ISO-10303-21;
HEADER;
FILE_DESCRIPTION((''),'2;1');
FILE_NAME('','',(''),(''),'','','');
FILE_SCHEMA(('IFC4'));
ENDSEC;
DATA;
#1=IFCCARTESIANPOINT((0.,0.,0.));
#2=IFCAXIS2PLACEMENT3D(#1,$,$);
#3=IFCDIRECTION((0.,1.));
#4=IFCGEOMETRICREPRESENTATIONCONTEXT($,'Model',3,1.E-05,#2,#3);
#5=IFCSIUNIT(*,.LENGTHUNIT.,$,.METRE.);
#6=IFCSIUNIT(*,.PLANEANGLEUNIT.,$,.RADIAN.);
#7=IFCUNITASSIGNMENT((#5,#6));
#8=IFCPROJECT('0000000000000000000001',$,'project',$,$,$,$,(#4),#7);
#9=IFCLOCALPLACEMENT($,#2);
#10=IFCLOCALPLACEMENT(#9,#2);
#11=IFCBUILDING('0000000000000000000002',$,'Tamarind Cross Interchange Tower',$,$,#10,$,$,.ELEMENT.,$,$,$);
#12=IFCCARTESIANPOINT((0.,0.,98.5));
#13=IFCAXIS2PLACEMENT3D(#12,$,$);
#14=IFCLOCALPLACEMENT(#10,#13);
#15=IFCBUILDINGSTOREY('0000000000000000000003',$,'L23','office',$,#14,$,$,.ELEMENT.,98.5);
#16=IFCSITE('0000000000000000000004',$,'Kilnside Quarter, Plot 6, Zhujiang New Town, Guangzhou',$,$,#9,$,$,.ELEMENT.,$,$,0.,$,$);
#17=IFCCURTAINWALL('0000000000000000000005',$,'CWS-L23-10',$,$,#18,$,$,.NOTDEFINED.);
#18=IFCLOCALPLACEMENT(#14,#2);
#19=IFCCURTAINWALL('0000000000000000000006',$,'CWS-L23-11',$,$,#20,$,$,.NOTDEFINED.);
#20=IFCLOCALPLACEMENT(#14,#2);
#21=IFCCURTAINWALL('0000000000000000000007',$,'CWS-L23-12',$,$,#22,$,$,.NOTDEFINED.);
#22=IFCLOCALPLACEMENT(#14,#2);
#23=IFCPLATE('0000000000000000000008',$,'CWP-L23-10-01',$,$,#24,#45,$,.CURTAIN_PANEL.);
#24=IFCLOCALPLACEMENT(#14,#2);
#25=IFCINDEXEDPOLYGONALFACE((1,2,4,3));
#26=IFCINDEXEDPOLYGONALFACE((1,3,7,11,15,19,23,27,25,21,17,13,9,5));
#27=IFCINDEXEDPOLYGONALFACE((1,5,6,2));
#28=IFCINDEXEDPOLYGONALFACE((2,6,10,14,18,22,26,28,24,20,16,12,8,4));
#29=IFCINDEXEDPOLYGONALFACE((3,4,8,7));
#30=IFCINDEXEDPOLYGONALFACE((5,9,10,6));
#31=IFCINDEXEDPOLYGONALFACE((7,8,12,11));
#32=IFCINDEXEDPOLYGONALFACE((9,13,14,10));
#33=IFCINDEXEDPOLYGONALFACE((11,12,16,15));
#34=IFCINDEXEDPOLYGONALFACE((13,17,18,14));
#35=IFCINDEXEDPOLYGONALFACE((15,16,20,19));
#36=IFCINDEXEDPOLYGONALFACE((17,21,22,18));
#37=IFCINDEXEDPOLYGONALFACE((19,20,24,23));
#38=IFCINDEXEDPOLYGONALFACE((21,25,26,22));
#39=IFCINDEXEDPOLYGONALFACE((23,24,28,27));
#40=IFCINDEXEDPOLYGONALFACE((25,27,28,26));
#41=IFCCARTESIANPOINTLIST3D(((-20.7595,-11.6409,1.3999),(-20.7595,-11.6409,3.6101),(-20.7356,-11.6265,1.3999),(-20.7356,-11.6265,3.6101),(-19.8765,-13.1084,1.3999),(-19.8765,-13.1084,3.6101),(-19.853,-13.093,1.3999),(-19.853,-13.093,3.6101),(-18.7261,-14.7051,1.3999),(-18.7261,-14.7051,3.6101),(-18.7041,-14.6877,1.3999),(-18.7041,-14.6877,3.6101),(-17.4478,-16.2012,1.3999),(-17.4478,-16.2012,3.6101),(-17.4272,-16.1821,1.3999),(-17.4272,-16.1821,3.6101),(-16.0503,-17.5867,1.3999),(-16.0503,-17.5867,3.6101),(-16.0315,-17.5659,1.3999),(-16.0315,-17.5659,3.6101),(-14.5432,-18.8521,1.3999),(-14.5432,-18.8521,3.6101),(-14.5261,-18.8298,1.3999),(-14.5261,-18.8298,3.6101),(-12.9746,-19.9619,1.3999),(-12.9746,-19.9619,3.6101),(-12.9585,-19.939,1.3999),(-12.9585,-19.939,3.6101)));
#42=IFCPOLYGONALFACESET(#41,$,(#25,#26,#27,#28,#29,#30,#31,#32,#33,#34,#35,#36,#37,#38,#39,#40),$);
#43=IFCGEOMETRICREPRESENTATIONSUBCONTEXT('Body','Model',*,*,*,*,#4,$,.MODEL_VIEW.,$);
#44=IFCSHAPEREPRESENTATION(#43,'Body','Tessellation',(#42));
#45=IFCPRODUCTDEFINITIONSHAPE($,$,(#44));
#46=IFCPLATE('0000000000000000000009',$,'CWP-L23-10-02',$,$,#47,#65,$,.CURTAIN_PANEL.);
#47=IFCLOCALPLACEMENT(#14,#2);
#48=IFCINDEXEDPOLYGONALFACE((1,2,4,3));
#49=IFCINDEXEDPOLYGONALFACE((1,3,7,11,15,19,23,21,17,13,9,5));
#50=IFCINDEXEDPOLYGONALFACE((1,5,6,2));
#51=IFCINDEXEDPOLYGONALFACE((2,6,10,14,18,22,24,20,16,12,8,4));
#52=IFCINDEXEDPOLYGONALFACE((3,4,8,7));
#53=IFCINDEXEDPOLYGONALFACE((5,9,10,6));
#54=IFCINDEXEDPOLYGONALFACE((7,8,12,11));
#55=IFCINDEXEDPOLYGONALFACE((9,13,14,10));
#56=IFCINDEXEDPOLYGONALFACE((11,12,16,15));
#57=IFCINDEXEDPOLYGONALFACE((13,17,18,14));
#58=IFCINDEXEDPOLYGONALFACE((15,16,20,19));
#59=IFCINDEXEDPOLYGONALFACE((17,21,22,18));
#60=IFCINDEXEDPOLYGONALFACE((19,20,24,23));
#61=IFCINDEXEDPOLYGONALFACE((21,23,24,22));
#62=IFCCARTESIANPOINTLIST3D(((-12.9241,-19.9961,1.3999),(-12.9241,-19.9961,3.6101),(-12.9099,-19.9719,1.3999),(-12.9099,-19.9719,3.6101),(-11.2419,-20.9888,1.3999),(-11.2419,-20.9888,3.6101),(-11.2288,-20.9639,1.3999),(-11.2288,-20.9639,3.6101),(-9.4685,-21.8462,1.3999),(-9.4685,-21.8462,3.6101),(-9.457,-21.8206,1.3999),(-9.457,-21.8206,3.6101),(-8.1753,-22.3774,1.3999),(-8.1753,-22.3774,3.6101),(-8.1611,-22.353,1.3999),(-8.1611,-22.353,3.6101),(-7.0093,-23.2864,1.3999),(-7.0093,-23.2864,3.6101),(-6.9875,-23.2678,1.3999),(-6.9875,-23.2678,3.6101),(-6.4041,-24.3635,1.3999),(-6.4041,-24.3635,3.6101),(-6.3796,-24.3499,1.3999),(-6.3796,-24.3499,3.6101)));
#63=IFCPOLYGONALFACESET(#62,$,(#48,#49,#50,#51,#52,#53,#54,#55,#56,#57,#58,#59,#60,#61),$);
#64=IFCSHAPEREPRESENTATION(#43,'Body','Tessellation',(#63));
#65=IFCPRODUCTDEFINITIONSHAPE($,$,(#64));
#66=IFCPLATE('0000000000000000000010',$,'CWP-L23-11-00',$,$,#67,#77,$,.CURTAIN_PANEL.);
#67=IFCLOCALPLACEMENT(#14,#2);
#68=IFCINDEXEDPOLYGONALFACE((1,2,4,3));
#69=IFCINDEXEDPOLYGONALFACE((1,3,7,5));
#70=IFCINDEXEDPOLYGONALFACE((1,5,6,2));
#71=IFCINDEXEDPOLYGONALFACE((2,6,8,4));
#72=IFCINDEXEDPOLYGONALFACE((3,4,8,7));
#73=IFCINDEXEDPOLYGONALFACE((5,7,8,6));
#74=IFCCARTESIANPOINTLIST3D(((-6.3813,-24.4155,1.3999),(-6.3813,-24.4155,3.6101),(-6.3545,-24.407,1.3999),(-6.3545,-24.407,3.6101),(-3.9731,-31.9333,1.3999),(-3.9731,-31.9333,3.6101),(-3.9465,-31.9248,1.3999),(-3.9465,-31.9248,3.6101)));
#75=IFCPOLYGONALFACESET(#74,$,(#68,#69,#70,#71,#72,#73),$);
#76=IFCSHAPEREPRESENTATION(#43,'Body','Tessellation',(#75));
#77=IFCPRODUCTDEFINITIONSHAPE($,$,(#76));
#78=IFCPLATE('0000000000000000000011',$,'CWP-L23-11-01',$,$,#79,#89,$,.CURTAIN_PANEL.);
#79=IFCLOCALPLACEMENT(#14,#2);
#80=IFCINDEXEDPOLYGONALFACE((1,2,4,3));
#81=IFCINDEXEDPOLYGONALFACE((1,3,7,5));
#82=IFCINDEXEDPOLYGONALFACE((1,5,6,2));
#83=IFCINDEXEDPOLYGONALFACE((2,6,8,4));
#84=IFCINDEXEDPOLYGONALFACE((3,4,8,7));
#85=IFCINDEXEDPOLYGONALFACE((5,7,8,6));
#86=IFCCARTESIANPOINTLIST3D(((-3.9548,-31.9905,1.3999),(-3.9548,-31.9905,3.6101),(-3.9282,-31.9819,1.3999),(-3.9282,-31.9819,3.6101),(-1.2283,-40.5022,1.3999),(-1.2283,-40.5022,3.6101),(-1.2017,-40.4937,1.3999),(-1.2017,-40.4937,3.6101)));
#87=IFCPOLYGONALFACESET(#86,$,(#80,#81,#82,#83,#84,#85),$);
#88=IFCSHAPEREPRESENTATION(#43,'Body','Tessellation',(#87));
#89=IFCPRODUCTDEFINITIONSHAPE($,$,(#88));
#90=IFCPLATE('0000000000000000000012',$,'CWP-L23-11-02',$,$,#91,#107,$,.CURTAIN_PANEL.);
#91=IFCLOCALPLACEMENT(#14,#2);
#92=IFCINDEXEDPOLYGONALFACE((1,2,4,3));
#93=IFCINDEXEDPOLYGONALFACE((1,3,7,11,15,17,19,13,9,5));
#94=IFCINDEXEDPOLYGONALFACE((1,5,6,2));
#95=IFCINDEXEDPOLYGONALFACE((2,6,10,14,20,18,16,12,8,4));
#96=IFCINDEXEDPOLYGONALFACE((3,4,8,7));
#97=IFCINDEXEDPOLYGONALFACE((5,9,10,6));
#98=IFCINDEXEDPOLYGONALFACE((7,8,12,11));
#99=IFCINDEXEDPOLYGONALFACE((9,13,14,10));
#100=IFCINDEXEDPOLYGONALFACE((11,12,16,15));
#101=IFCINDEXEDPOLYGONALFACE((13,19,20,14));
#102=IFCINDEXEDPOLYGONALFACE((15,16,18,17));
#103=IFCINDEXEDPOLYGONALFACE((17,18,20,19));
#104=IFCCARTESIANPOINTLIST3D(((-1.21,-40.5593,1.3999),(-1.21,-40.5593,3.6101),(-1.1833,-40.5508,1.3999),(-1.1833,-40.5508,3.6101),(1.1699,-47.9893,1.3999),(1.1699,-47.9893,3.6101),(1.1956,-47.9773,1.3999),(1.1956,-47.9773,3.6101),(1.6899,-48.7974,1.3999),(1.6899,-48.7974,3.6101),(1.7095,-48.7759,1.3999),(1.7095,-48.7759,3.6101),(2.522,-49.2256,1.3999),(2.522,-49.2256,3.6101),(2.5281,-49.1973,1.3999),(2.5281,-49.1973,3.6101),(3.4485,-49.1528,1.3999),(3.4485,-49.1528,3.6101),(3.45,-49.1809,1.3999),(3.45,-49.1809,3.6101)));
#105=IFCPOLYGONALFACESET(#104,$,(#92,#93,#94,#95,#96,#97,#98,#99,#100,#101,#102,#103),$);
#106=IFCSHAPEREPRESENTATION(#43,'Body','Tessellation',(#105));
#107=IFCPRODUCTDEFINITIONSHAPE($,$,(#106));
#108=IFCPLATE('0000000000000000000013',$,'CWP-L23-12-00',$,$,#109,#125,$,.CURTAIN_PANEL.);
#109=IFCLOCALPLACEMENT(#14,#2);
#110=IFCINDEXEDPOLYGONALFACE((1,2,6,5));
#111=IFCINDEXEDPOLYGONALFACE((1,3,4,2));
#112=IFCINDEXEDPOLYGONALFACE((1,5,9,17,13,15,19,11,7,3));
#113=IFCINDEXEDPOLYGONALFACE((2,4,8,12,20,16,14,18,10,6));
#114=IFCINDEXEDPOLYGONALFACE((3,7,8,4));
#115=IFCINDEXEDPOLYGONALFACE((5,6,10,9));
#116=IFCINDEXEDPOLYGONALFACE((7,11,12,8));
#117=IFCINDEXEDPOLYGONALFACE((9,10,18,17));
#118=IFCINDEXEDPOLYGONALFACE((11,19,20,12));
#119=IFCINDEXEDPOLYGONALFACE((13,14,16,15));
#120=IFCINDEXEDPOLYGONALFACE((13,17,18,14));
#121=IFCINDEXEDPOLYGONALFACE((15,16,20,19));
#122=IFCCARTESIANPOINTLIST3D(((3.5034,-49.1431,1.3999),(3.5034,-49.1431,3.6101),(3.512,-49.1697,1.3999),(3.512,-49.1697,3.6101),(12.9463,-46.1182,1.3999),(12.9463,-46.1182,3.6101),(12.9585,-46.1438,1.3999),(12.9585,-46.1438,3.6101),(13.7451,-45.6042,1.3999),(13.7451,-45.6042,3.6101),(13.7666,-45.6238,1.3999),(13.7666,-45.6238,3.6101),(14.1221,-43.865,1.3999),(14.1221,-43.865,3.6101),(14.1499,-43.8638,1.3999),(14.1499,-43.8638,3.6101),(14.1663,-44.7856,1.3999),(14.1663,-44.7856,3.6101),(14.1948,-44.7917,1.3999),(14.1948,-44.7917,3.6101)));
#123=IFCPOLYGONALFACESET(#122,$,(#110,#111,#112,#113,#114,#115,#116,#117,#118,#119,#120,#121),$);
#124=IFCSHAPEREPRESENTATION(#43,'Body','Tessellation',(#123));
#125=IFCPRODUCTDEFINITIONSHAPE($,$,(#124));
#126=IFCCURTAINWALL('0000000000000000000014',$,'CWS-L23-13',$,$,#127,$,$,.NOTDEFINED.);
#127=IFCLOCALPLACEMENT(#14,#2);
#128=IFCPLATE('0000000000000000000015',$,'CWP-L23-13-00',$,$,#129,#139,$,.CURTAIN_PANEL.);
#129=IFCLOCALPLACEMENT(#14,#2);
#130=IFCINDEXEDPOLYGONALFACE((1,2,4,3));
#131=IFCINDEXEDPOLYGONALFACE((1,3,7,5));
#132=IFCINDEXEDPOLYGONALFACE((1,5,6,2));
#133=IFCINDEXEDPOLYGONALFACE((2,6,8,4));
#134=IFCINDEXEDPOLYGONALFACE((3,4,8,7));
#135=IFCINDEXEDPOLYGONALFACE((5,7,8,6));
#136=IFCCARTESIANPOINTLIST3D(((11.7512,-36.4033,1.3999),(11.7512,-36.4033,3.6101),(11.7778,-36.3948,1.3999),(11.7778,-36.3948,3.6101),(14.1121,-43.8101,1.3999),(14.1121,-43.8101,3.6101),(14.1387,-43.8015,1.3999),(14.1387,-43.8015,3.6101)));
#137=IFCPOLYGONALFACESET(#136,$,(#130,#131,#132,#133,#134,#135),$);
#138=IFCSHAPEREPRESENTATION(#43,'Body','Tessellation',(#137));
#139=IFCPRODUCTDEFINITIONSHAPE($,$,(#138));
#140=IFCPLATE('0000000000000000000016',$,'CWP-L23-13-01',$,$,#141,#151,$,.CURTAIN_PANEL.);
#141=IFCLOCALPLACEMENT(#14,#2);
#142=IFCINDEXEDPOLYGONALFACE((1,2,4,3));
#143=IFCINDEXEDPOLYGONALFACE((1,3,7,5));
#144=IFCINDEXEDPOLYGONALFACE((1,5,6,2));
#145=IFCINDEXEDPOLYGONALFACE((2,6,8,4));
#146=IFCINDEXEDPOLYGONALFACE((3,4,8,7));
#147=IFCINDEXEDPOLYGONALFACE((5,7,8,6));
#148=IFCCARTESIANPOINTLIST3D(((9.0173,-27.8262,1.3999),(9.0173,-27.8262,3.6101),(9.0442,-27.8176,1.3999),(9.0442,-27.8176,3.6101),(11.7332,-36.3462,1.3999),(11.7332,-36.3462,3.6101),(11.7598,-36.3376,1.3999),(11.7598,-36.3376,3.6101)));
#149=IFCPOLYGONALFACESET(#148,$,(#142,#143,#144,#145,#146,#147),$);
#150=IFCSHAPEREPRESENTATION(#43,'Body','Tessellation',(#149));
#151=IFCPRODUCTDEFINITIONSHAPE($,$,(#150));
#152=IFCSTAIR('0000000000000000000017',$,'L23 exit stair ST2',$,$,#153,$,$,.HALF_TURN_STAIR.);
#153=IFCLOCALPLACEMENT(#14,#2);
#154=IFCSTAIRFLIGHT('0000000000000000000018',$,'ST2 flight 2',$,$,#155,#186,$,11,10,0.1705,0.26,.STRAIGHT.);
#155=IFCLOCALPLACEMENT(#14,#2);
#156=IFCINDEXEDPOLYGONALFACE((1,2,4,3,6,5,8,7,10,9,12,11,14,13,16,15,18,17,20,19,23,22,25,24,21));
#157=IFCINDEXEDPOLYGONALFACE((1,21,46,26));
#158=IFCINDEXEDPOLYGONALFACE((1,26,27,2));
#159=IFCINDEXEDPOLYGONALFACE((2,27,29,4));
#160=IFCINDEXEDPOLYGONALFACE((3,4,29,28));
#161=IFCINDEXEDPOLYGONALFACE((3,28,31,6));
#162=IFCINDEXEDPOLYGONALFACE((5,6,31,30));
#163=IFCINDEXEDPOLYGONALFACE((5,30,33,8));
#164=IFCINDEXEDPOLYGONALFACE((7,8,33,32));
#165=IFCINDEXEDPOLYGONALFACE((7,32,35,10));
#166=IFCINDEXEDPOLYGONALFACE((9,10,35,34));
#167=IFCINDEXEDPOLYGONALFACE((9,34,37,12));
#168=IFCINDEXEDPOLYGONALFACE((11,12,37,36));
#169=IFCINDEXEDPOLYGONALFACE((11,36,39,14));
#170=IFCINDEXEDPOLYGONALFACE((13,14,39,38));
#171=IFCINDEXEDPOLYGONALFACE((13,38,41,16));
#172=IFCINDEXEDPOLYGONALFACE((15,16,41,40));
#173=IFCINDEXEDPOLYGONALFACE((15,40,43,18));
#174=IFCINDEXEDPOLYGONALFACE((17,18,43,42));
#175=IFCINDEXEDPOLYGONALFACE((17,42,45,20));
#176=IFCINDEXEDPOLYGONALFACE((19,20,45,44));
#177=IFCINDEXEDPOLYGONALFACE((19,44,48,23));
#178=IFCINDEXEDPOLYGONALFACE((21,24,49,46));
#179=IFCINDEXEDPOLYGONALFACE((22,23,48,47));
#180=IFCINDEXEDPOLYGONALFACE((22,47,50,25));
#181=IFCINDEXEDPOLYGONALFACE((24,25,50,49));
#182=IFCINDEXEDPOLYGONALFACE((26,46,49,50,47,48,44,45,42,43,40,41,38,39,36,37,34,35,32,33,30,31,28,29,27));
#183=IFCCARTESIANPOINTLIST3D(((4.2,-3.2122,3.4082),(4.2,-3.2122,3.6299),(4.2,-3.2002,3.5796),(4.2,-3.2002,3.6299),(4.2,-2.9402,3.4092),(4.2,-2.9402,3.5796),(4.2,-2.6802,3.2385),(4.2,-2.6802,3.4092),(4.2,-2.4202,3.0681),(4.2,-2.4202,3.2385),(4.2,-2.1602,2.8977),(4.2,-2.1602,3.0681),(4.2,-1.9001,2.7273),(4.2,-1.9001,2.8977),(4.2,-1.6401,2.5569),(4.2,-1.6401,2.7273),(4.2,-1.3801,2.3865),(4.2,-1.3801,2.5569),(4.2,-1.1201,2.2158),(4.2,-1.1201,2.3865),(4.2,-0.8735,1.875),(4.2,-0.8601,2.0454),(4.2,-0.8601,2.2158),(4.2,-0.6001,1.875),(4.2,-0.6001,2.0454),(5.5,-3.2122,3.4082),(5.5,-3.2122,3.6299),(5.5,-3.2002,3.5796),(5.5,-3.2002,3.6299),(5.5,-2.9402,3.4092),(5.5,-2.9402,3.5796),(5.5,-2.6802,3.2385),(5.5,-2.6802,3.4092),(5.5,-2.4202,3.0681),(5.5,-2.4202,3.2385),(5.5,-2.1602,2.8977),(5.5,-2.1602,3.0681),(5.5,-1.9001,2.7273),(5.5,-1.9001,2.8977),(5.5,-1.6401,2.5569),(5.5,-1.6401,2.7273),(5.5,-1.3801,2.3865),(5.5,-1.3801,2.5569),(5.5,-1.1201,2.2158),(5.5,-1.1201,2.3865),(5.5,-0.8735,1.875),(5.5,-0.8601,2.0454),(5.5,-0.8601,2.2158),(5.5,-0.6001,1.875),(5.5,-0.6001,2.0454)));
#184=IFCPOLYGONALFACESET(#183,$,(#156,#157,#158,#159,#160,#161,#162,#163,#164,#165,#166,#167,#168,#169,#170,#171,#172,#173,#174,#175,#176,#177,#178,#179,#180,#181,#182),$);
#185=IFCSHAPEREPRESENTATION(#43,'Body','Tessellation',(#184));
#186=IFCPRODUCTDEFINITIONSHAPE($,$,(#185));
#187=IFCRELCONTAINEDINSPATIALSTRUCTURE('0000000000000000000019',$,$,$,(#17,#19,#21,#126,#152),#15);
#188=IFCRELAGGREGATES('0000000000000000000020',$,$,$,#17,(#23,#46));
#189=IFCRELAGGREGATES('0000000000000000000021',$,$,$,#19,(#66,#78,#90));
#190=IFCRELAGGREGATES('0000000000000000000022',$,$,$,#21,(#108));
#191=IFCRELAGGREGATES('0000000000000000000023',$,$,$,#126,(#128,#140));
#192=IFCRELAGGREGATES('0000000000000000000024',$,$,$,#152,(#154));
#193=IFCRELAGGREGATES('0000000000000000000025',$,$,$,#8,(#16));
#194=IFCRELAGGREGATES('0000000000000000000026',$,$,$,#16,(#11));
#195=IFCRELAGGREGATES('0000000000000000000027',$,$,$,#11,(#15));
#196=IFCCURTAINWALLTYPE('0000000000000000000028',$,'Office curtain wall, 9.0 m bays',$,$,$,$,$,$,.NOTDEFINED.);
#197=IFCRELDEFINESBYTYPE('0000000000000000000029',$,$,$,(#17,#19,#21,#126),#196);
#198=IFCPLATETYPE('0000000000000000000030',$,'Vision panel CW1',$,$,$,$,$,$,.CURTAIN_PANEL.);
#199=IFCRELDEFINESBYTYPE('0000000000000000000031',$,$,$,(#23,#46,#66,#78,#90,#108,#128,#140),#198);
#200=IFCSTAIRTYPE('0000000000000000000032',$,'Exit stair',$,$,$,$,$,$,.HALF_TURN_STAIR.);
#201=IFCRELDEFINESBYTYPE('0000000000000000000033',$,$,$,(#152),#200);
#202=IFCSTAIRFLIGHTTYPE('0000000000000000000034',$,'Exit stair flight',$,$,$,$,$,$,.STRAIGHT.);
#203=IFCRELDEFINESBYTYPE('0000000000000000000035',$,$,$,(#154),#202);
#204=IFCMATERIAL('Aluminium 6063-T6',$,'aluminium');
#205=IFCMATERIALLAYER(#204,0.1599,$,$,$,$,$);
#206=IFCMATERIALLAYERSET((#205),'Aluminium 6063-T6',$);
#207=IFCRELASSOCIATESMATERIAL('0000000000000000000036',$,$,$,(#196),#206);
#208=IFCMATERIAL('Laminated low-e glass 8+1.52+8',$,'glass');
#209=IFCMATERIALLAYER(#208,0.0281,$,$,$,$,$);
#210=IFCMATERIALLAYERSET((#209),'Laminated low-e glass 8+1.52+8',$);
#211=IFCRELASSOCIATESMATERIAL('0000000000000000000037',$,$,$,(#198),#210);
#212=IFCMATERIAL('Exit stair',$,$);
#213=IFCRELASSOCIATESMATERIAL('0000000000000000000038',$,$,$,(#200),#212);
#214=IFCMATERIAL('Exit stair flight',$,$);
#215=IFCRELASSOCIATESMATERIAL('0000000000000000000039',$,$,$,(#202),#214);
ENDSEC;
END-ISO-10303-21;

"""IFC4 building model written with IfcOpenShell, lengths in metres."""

from ifc_helpers import new_model, si_unit, direction, frame, origin, place, context, subcontext, project, spatial, polyline, outline, extrude, material, layer, layer_set, type_object, element, aggregate, save


model = new_model("IFC4")

# Units and contexts
model_context = context("Model", 3, precision=1e-05, world=origin(), true_north=direction((0.0, 1.0)))
body_context = subcontext(model_context, "Body", "Model", "MODEL_VIEW")
ifc_project = project(units=[si_unit("LENGTHUNIT", "METRE"), si_unit("PLANEANGLEUNIT", "RADIAN")], contexts=[model_context])

# Site, building, storey
site_placement = place(None, origin())
site = spatial("IfcSite", under=ifc_project, at=site_placement, Name="Kilnside Quarter, Plot 6, Zhujiang New Town, Guangzhou", CompositionType="ELEMENT", RefElevation=0.0)
building_placement = place(site_placement, origin())
building = spatial("IfcBuilding", under=site, at=building_placement, Name="Tamarind Cross Interchange Tower", CompositionType="ELEMENT")
storey_placement = place(building_placement, frame((0.0, 0.0, 98.5)))
storey = spatial("IfcBuildingStorey", under=building, at=storey_placement, Name="L23", Description="office", CompositionType="ELEMENT", Elevation=98.5)

# Curtain walls
ifc_material_1 = material(Name="Aluminium 6063-T6", Category="aluminium")
ifc_layer_1 = layer(ifc_material_1, 0.1599)
ifc_layer_set_1 = layer_set([ifc_layer_1], Name="Aluminium 6063-T6")
curtain_wall_type = type_object("IfcCurtainWallType", Name="Office curtain wall, 9.0 m bays", PredefinedType="NOTDEFINED", material=ifc_layer_set_1)
curtain_wall_1_placement = place(storey_placement, origin())
curtain_wall_1 = element("IfcCurtainWall", 1, at=curtain_wall_1_placement, inside=storey, type_object=curtain_wall_type, Name="CWS-L23-10", PredefinedType="NOTDEFINED")
curtain_wall_2_placement = place(storey_placement, origin())
curtain_wall_2 = element("IfcCurtainWall", 2, at=curtain_wall_2_placement, inside=storey, type_object=curtain_wall_type, Name="CWS-L23-11", PredefinedType="NOTDEFINED")
curtain_wall_3_placement = place(storey_placement, origin())
curtain_wall_3 = element("IfcCurtainWall", 3, at=curtain_wall_3_placement, inside=storey, type_object=curtain_wall_type, Name="CWS-L23-12", PredefinedType="NOTDEFINED")

# Plates
ifc_material_2 = material(Name="Laminated low-e glass 8+1.52+8", Category="glass")
ifc_layer_2 = layer(ifc_material_2, 0.0281)
ifc_layer_set_2 = layer_set([ifc_layer_2], Name="Laminated low-e glass 8+1.52+8")
plate_type = type_object("IfcPlateType", Name="Vision panel CW1", PredefinedType="CURTAIN_PANEL", material=ifc_layer_set_2)
plate_1_placement = place(storey_placement, frame((0.0, 0.0, 1.3999)))
plate_1 = element("IfcPlate", 4, at=plate_1_placement, type_object=plate_type, Name="CWP-L23-10-01", PredefinedType="CURTAIN_PANEL", context=body_context, shape_type="SweptSolid", body=[
    extrude(outline(polyline([(-20.7356, -11.6265), (-19.853, -13.093), (-18.7041, -14.6877), (-17.4272, -16.1821), (-16.0315, -17.5659), (-14.5261, -18.8298), (-12.9585, -19.939), (-12.9746, -19.9619), (-14.5432, -18.8521), (-16.0503, -17.5867), (-17.4478, -16.2012), (-18.7261, -14.7051), (-19.8765, -13.1084), (-20.7595, -11.6409), (-20.7356, -11.6265)])), origin(), (0.0, 0.0, 1.0), 2.2102),
])
plate_2_placement = place(storey_placement, frame((0.0, 0.0, 1.3999)))
plate_2 = element("IfcPlate", 5, at=plate_2_placement, type_object=plate_type, Name="CWP-L23-10-02", PredefinedType="CURTAIN_PANEL", context=body_context, shape_type="SweptSolid", body=[
    extrude(outline(polyline([(-12.9099, -19.9719), (-11.2288, -20.9639), (-9.457, -21.8206), (-8.1611, -22.353), (-6.9875, -23.2678), (-6.3796, -24.3499), (-6.4041, -24.3635), (-7.0093, -23.2864), (-8.1753, -22.3774), (-9.4685, -21.8462), (-11.2419, -20.9888), (-12.9241, -19.9961), (-12.9099, -19.9719)])), origin(), (0.0, 0.0, 1.0), 2.2102),
])
aggregate(curtain_wall_1, [plate_1, plate_2])
plate_3_placement = place(storey_placement, frame((0.0, 0.0, 1.3999)))
plate_3 = element("IfcPlate", 6, at=plate_3_placement, type_object=plate_type, Name="CWP-L23-11-00", PredefinedType="CURTAIN_PANEL", context=body_context, shape_type="SweptSolid", body=[
    extrude(outline(polyline([(-6.3545, -24.407), (-3.9465, -31.9248), (-3.9731, -31.9333), (-6.3813, -24.4155), (-6.3545, -24.407)])), origin(), (0.0, 0.0, 1.0), 2.2102),
])
plate_4_placement = place(storey_placement, frame((0.0, 0.0, 1.3999)))
plate_4 = element("IfcPlate", 7, at=plate_4_placement, type_object=plate_type, Name="CWP-L23-11-01", PredefinedType="CURTAIN_PANEL", context=body_context, shape_type="SweptSolid", body=[
    extrude(outline(polyline([(-3.9282, -31.9819), (-1.2017, -40.4937), (-1.2283, -40.5022), (-3.9548, -31.9905), (-3.9282, -31.9819)])), origin(), (0.0, 0.0, 1.0), 2.2102),
])
plate_5_placement = place(storey_placement, frame((0.0, 0.0, 1.3999)))
plate_5 = element("IfcPlate", 8, at=plate_5_placement, type_object=plate_type, Name="CWP-L23-11-02", PredefinedType="CURTAIN_PANEL", context=body_context, shape_type="SweptSolid", body=[
    extrude(outline(polyline([(-1.1833, -40.5508), (1.1956, -47.9773), (1.7095, -48.7759), (2.5281, -49.1973), (3.4485, -49.1528), (3.45, -49.1809), (2.522, -49.2256), (1.6899, -48.7974), (1.1699, -47.9893), (-1.21, -40.5593), (-1.1833, -40.5508)])), origin(), (0.0, 0.0, 1.0), 2.2102),
])
aggregate(curtain_wall_2, [plate_3, plate_4, plate_5])
plate_6_placement = place(storey_placement, frame((0.0, 0.0, 1.3999)))
plate_6 = element("IfcPlate", 9, at=plate_6_placement, type_object=plate_type, Name="CWP-L23-12-00", PredefinedType="CURTAIN_PANEL", context=body_context, shape_type="SweptSolid", body=[
    extrude(outline(polyline([(3.5034, -49.1431), (12.9463, -46.1182), (13.7451, -45.6042), (14.1663, -44.7856), (14.1221, -43.865), (14.1499, -43.8638), (14.1948, -44.7917), (13.7666, -45.6238), (12.9585, -46.1438), (3.512, -49.1697), (3.5034, -49.1431)])), origin(), (0.0, 0.0, 1.0), 2.2102),
])
aggregate(curtain_wall_3, [plate_6])

# Curtain wall, plates
curtain_wall_4_placement = place(storey_placement, origin())
curtain_wall_4 = element("IfcCurtainWall", 10, at=curtain_wall_4_placement, inside=storey, type_object=curtain_wall_type, Name="CWS-L23-13", PredefinedType="NOTDEFINED")
plate_7_placement = place(storey_placement, frame((0.0, 0.0, 1.3999)))
plate_7 = element("IfcPlate", 11, at=plate_7_placement, type_object=plate_type, Name="CWP-L23-13-00", PredefinedType="CURTAIN_PANEL", context=body_context, shape_type="SweptSolid", body=[
    extrude(outline(polyline([(14.1121, -43.8101), (11.7512, -36.4033), (11.7778, -36.3948), (14.1387, -43.8015), (14.1121, -43.8101)])), origin(), (0.0, 0.0, 1.0), 2.2102),
])
plate_8_placement = place(storey_placement, frame((0.0, 0.0, 1.3999)))
plate_8 = element("IfcPlate", 12, at=plate_8_placement, type_object=plate_type, Name="CWP-L23-13-01", PredefinedType="CURTAIN_PANEL", context=body_context, shape_type="SweptSolid", body=[
    extrude(outline(polyline([(11.7332, -36.3462), (9.0173, -27.8262), (9.0442, -27.8176), (11.7598, -36.3376), (11.7332, -36.3462)])), origin(), (0.0, 0.0, 1.0), 2.2102),
])
aggregate(curtain_wall_4, [plate_7, plate_8])

# Stair, stair flight
ifc_material_3 = material(Name="Exit stair")
stair_type = type_object("IfcStairType", Name="Exit stair", PredefinedType="HALF_TURN_STAIR", material=ifc_material_3)
stair_placement = place(storey_placement, origin())
stair = element("IfcStair", 13, at=stair_placement, inside=storey, type_object=stair_type, Name="L23 exit stair ST2", PredefinedType="HALF_TURN_STAIR")
ifc_material_4 = material(Name="Exit stair flight")
stair_flight_type = type_object("IfcStairFlightType", Name="Exit stair flight", PredefinedType="STRAIGHT", material=ifc_material_4)
stair_flight_placement = place(storey_placement, frame((4.8501, -0.6001, 1.875), z_axis=(0.0, 0.0, 1.0), x_axis=(0.0, -1.0, 0.0)))
stair_flight = element("IfcStairFlight", 14, at=stair_flight_placement, type_object=stair_flight_type, Name="ST2 flight 2", NumberOfRisers=11, NumberOfTreads=10, PredefinedType="STRAIGHT", RiserHeight=0.1705, TreadLength=0.26, context=body_context, shape_type="SweptSolid", body=[
    extrude(outline(polyline([(0.0, 0.0), (0.0, 0.1704), (0.26, 0.1704), (0.26, 0.3408), (0.52, 0.3408), (0.52, 0.5115), (0.78, 0.5115), (0.78, 0.6819), (1.04, 0.6819), (1.04, 0.8523), (1.3, 0.8523), (1.3, 1.0227), (1.5601, 1.0227), (1.5601, 1.1931), (1.8201, 1.1931), (1.8201, 1.3635), (2.0801, 1.3635), (2.0801, 1.5342), (2.3401, 1.5342), (2.3401, 1.7046), (2.6001, 1.7046), (2.6001, 1.7549), (2.6121, 1.7549), (2.6121, 1.5332), (0.2734, 0.0), (0.0, 0.0)])), frame((0.0, 0.6499, 0.0), z_axis=(0.0, -1.0, 0.0), x_axis=(1.0, 0.0, 0.0)), (0.0, 0.0, 1.0), 1.3),
])
aggregate(stair, [stair_flight])

save(model, "model.ifc")
